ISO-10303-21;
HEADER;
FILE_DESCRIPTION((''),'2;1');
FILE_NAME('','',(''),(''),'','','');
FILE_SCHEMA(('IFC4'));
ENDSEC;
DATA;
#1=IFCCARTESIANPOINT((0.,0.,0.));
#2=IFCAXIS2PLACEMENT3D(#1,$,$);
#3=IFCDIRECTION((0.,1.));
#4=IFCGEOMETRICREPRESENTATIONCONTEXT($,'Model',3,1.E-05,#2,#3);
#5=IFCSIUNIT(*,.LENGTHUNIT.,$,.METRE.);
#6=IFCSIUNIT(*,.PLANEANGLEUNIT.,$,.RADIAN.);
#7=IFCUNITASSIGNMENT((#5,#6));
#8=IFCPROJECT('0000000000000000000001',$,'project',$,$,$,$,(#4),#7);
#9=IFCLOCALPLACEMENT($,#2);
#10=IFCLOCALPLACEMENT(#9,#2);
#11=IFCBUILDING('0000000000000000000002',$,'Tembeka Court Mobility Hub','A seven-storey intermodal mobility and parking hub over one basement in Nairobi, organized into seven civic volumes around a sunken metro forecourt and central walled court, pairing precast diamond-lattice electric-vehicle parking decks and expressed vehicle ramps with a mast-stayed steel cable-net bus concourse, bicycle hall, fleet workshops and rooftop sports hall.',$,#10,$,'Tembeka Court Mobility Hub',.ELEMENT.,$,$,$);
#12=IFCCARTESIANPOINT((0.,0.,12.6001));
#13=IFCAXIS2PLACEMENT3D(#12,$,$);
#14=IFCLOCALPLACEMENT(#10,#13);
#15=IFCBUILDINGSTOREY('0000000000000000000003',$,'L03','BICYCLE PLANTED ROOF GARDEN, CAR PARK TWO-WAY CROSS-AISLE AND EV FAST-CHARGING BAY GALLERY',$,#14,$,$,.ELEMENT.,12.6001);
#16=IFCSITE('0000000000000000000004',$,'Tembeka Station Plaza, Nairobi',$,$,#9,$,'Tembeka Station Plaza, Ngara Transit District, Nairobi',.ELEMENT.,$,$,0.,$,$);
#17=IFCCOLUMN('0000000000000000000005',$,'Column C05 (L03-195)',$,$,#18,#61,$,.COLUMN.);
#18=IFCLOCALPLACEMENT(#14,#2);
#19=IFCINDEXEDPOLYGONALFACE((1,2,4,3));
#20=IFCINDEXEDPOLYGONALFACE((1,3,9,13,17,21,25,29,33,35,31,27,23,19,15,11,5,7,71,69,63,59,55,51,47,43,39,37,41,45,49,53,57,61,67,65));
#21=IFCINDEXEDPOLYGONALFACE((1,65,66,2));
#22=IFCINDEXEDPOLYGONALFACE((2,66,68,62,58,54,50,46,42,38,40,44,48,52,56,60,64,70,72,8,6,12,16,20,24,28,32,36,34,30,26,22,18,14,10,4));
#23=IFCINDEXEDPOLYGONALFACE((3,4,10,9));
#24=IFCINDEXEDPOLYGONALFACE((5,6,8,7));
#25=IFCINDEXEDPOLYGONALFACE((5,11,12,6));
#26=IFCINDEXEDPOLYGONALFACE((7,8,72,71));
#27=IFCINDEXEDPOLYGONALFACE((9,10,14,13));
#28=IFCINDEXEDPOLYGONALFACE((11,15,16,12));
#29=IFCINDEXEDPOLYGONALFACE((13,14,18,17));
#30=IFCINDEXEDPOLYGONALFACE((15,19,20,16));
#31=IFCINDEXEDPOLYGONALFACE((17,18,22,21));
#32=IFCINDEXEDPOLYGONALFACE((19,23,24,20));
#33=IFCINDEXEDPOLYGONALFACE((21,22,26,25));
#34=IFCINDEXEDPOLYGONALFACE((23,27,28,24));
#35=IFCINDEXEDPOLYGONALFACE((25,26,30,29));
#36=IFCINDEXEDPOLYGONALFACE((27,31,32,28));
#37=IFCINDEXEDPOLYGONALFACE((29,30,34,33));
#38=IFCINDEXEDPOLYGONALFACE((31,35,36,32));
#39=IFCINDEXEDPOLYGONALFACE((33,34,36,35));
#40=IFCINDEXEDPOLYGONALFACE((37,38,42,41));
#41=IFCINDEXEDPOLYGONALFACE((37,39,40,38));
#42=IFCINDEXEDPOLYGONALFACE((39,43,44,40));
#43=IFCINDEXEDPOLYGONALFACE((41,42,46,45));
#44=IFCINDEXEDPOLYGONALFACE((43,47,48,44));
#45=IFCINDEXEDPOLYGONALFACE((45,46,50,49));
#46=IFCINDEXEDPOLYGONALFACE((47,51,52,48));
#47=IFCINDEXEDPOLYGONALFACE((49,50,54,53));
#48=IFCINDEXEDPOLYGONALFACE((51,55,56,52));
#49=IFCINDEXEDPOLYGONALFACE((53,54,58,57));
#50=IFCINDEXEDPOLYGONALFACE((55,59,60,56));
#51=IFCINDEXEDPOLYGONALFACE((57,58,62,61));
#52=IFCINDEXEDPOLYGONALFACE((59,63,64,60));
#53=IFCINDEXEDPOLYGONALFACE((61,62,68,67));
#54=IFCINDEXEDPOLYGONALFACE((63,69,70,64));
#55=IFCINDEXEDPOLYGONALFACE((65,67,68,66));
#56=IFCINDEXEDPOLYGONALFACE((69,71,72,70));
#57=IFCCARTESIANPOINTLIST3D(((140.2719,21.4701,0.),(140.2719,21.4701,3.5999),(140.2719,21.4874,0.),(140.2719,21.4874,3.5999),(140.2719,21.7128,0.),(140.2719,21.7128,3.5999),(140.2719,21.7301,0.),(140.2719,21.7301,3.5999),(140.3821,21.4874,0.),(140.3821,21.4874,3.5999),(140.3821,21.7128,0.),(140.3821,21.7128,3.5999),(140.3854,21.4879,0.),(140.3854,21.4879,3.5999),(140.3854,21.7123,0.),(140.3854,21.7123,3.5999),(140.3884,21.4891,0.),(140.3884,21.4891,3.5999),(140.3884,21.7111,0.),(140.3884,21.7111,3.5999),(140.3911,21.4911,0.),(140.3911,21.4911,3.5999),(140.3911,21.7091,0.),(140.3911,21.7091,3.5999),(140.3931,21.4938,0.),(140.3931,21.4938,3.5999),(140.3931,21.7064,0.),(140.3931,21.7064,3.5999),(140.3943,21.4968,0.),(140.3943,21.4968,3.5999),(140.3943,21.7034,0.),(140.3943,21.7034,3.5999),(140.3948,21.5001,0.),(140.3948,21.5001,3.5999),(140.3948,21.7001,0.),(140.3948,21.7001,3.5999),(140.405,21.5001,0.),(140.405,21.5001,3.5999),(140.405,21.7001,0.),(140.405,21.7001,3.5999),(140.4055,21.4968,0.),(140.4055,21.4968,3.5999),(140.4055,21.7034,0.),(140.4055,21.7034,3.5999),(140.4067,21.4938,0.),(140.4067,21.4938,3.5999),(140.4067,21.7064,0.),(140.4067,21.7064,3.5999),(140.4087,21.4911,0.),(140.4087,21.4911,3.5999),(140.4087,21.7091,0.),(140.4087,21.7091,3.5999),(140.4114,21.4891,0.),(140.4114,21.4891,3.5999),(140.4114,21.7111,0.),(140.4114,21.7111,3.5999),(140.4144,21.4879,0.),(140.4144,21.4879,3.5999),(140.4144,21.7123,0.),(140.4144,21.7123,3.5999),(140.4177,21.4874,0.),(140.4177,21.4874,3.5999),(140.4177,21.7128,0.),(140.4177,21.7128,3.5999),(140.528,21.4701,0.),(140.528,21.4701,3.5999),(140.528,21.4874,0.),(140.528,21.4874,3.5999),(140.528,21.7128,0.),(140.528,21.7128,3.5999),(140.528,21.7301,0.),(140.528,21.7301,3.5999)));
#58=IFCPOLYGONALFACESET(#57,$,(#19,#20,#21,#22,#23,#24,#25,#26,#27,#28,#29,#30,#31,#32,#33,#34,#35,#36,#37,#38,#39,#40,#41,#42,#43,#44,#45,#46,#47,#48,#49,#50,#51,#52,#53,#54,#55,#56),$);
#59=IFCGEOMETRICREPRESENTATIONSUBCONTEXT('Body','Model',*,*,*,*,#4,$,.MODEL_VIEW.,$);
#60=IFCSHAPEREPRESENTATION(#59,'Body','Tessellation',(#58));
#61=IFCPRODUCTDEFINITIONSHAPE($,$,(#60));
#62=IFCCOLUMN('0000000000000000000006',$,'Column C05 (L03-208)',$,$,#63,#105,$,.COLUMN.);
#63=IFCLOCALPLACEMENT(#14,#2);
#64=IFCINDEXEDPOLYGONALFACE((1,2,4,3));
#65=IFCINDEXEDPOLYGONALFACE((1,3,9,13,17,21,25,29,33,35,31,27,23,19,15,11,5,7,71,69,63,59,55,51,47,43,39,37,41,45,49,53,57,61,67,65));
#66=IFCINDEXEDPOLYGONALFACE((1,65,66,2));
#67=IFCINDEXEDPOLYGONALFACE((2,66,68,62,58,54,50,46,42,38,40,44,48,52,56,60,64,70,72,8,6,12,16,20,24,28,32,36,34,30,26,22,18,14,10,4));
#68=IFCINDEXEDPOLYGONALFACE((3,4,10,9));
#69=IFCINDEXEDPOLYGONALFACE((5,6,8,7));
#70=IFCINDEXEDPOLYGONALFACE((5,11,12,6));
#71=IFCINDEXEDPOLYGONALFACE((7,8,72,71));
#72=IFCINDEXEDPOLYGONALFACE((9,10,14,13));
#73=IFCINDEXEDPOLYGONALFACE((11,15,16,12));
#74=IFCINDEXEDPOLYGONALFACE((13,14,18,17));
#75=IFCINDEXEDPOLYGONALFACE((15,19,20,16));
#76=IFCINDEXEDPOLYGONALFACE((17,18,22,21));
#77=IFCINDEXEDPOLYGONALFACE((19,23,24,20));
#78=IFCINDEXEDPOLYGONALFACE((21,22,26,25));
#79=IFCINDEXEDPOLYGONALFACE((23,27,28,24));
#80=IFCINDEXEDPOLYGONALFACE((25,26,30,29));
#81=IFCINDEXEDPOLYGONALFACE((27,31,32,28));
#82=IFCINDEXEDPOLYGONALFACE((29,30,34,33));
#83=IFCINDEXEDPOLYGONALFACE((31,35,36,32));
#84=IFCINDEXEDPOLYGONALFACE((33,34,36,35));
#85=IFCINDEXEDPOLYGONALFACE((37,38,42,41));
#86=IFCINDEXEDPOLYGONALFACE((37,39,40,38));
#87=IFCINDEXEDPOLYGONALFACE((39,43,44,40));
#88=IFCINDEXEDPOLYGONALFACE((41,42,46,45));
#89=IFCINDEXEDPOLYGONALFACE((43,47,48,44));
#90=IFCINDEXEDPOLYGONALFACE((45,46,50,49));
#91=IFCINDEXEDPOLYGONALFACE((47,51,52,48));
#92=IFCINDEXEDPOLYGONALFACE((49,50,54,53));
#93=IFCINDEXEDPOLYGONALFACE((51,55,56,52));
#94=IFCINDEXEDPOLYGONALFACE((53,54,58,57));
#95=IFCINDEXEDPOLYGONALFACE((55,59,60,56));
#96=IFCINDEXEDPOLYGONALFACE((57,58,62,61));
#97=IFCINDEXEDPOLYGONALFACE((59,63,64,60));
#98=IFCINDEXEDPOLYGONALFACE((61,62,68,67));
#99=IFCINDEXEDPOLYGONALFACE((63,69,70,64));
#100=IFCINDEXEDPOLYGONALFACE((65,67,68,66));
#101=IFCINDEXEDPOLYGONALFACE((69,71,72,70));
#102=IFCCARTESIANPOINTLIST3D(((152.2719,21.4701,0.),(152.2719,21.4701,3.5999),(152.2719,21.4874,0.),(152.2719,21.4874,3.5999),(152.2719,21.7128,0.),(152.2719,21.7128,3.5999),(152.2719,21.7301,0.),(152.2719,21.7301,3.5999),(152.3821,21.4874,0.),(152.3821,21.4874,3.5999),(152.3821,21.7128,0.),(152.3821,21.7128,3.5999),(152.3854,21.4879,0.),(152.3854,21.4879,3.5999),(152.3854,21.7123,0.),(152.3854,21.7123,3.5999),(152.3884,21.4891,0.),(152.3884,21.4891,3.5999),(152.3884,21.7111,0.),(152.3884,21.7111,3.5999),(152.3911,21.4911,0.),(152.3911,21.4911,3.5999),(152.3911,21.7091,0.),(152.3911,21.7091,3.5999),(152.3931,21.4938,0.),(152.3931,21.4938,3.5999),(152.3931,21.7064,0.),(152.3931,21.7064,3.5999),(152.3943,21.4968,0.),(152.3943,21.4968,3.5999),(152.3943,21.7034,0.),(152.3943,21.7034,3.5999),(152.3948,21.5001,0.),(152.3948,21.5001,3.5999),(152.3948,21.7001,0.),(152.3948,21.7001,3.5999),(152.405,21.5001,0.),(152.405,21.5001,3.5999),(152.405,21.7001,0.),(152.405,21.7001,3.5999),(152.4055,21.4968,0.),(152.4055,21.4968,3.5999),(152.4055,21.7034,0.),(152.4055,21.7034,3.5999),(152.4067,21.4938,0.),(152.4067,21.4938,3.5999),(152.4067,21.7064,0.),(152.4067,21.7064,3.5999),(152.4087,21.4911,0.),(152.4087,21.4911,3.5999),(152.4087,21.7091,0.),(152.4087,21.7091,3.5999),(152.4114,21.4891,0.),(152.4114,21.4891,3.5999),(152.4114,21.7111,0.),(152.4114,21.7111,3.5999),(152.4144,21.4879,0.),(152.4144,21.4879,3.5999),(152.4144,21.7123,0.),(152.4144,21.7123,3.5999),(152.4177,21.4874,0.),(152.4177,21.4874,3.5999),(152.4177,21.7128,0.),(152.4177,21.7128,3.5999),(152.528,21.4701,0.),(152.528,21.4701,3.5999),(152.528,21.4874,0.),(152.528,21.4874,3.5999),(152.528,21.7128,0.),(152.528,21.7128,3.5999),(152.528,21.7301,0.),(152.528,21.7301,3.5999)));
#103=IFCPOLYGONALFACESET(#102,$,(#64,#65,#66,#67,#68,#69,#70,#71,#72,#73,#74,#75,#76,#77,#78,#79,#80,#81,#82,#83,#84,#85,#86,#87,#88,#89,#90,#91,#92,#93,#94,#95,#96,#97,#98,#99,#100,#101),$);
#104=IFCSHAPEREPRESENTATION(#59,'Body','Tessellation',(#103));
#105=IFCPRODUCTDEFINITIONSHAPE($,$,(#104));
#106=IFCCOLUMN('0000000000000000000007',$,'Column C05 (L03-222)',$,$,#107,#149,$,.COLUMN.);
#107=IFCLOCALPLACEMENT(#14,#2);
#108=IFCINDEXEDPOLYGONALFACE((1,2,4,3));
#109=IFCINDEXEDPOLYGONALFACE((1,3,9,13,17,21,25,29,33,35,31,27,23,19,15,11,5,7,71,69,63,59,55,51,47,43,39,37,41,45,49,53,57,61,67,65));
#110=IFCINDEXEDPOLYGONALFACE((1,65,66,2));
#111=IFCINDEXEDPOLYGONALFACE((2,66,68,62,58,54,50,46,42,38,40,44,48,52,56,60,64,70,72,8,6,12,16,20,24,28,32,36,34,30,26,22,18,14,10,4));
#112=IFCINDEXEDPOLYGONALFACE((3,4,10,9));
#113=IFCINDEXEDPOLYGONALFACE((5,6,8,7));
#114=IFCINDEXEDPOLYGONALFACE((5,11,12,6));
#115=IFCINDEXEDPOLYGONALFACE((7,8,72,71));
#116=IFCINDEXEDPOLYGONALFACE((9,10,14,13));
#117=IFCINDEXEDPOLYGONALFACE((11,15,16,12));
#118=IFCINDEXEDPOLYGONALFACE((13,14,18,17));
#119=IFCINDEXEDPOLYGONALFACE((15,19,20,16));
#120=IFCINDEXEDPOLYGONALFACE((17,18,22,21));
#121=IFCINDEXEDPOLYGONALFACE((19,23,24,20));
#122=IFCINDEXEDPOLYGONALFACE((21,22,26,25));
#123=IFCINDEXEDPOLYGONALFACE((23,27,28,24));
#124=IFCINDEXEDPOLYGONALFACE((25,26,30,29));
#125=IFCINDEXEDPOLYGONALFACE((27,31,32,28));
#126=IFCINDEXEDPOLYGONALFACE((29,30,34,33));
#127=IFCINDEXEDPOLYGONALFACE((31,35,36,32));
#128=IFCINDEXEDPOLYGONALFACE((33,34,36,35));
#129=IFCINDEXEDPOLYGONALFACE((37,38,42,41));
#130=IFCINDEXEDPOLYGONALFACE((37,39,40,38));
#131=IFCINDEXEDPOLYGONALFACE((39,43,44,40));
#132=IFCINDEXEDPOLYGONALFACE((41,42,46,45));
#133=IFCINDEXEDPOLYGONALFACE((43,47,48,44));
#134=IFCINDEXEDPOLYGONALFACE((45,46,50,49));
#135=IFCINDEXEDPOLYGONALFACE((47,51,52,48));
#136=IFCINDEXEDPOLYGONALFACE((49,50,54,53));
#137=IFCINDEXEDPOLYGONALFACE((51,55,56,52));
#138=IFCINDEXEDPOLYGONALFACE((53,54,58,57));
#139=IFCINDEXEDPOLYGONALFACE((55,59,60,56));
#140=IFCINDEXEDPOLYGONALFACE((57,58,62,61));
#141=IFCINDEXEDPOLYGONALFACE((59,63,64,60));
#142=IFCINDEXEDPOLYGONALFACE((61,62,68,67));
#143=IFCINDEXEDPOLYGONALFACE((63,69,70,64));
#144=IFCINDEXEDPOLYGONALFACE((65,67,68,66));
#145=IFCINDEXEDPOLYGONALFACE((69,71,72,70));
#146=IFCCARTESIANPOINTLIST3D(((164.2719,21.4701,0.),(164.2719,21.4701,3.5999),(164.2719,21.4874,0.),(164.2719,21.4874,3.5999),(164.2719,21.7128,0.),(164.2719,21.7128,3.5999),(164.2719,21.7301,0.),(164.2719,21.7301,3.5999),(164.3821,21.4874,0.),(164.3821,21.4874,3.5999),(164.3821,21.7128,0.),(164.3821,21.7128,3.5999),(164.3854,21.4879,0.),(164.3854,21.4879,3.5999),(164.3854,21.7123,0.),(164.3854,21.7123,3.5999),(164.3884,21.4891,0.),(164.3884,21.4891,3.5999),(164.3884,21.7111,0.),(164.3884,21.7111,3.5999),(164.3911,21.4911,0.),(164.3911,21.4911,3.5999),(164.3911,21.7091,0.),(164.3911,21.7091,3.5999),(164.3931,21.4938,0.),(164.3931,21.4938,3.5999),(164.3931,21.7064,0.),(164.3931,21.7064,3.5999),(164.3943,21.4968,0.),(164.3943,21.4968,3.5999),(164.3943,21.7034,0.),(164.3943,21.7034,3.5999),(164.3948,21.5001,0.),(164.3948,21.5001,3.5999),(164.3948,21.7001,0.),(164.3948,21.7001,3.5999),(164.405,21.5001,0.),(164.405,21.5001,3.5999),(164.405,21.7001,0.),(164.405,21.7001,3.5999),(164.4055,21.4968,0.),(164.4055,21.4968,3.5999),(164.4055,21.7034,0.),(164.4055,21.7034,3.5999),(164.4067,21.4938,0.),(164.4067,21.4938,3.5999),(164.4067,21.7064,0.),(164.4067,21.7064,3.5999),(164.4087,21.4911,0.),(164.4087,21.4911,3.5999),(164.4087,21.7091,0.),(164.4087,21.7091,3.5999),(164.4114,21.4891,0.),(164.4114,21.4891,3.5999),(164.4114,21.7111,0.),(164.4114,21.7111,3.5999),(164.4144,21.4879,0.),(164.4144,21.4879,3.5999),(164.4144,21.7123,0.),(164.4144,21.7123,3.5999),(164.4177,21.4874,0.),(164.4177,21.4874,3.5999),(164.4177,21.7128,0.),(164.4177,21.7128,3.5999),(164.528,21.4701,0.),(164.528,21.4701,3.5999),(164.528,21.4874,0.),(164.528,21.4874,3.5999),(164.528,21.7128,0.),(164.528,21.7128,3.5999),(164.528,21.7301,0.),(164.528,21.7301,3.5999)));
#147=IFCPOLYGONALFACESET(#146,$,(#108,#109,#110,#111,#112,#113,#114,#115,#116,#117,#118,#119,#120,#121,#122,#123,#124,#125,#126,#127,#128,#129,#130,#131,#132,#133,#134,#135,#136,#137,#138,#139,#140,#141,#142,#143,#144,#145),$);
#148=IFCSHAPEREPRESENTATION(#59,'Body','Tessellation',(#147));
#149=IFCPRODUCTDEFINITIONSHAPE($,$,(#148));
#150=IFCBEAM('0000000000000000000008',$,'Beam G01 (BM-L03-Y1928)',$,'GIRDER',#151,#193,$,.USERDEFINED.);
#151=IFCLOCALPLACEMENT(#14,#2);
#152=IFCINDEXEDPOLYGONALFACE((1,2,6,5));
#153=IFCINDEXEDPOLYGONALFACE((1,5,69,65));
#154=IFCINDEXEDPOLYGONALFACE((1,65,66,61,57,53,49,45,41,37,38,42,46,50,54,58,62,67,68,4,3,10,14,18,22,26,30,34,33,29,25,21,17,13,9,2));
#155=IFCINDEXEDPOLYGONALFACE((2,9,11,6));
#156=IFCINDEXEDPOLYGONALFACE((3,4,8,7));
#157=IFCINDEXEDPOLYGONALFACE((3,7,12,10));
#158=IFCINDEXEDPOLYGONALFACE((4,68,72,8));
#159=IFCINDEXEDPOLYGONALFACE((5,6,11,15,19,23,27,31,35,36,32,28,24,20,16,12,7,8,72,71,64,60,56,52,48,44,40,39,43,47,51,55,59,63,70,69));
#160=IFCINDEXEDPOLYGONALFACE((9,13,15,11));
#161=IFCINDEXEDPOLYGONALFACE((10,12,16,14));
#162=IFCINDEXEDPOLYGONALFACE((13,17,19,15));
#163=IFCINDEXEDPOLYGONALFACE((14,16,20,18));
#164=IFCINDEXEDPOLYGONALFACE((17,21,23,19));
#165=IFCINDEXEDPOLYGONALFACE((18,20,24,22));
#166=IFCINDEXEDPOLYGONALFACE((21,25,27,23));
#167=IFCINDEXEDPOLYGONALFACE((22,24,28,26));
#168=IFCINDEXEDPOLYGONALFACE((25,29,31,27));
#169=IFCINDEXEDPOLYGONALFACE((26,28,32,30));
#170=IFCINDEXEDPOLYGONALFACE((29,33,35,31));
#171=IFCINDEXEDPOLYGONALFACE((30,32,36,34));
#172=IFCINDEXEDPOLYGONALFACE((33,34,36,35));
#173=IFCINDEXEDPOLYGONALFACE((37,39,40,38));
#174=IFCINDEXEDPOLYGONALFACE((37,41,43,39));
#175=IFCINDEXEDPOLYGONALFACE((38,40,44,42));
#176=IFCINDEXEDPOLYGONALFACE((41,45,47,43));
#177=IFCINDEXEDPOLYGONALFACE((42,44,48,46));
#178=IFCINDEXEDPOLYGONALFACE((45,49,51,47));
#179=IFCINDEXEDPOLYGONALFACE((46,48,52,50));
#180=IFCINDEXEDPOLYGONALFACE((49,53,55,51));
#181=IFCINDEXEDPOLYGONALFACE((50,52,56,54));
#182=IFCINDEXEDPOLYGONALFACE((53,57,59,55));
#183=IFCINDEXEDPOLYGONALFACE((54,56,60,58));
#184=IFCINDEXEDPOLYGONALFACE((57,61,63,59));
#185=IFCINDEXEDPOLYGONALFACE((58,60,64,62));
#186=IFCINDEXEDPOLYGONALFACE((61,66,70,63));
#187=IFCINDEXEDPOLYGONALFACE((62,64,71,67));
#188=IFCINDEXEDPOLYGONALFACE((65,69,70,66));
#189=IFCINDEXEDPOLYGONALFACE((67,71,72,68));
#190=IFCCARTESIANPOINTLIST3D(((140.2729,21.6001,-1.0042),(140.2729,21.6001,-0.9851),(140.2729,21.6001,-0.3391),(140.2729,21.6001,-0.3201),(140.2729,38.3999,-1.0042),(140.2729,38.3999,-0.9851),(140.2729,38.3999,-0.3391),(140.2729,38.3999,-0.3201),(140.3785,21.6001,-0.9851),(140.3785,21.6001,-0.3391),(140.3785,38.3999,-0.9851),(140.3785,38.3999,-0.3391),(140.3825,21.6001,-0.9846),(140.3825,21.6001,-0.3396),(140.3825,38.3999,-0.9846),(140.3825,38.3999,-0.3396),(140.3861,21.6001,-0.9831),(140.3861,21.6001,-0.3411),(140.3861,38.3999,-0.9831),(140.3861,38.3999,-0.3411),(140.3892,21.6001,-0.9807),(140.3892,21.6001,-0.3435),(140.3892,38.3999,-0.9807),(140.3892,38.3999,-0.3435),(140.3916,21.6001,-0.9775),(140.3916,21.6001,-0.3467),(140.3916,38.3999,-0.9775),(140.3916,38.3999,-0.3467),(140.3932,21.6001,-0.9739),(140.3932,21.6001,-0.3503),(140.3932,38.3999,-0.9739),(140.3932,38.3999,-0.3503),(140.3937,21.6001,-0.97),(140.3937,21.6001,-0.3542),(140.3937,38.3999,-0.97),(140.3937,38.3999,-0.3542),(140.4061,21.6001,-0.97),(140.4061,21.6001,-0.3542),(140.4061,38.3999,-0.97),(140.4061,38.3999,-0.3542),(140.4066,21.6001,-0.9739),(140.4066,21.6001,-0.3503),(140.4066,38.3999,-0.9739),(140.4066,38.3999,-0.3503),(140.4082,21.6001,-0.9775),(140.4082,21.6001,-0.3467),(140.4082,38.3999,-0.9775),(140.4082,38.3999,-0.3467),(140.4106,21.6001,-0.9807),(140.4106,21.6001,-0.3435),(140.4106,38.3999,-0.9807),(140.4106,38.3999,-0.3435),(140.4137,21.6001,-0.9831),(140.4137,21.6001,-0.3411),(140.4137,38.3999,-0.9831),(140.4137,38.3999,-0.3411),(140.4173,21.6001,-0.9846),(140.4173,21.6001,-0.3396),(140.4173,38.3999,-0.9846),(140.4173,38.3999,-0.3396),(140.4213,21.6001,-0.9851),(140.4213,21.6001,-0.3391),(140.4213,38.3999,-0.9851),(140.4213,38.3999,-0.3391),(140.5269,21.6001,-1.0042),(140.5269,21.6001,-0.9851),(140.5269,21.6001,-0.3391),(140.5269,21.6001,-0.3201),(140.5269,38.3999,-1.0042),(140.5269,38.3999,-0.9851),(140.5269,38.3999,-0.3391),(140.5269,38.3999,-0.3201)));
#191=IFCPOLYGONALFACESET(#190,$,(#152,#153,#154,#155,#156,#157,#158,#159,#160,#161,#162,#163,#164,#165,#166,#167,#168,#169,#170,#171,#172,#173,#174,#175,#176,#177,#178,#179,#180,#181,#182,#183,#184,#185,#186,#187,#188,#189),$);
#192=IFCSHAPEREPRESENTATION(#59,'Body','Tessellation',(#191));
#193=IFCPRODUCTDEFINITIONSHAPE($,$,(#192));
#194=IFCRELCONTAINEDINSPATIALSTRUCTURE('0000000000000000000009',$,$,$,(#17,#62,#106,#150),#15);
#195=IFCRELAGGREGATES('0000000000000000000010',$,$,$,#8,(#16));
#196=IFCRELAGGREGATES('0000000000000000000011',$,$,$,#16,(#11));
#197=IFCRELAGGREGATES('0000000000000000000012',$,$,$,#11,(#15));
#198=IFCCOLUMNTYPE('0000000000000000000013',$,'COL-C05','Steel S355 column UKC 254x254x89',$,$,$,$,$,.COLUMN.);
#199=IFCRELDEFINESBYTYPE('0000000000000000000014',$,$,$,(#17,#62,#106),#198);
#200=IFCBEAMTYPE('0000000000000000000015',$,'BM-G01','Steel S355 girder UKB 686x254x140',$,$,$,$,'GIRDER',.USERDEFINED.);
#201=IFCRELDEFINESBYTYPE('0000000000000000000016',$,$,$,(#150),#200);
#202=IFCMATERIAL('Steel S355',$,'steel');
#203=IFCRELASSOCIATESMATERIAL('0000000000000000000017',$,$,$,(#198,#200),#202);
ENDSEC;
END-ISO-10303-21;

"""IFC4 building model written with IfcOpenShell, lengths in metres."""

from ifc_helpers import new_model, si_unit, direction, frame, origin, origin_2d, place, context, subcontext, project, spatial, i_section, extrude, material, material_profile, profile_set, type_object, element, save


model = new_model("IFC4")

# Units and contexts
model_context = context("Model", 3, precision=1e-05, world=origin(), true_north=direction((0.0, 1.0)))
body_context = subcontext(model_context, "Body", "Model", "MODEL_VIEW")
ifc_project = project(units=[si_unit("LENGTHUNIT", "METRE"), si_unit("PLANEANGLEUNIT", "RADIAN")], contexts=[model_context])

# Site, building, storey
site_placement = place(None, origin())
site = spatial("IfcSite", under=ifc_project, at=site_placement, Name="Tembeka Station Plaza, Nairobi", LongName="Tembeka Station Plaza, Ngara Transit District, Nairobi", CompositionType="ELEMENT", RefElevation=0.0)
building_placement = place(site_placement, origin())
building = spatial("IfcBuilding", under=site, at=building_placement, Name="Tembeka Court Mobility Hub", Description="A seven-storey intermodal mobility and parking hub over one basement in Nairobi, organized into seven civic volumes around a sunken metro forecourt and central walled court, pairing precast diamond-lattice electric-vehicle parking decks and expressed vehicle ramps with a mast-stayed steel cable-net bus concourse, bicycle hall, fleet workshops and rooftop sports hall.", LongName="Tembeka Court Mobility Hub", CompositionType="ELEMENT")
storey_placement = place(building_placement, frame((0.0, 0.0, 12.6001)))
storey = spatial("IfcBuildingStorey", under=building, at=storey_placement, Name="L03", Description="BICYCLE PLANTED ROOF GARDEN, CAR PARK TWO-WAY CROSS-AISLE AND EV FAST-CHARGING BAY GALLERY", CompositionType="ELEMENT", Elevation=12.6001)

# Columns
ifc_material_1 = material(Name="Steel S355", Category="steel")
ifc_material_profile_1 = material_profile(ifc_material_1, i_section(OverallWidth=0.2561, OverallDepth=0.26, WebThickness=0.0103, FlangeThickness=0.0173, FilletRadius=0.0127, at=origin_2d()), Name="UKC 254x254x89")
ifc_profile_set_1 = profile_set([ifc_material_profile_1], Name="Steel S355")
column_type = type_object("IfcColumnType", Name="COL-C05", Description="Steel S355 column UKC 254x254x89", PredefinedType="COLUMN", material=ifc_profile_set_1)
for number, where, z_axis, x_axis, name in (
    (1, (140.3999, 21.6001, 0.0), (0.0, 0.0, 1.0), (1.0, 0.0, 0.0), "Column C05 (L03-195)"),
    (2, (152.3999, 21.6001, 0.0), (0.0, 0.0, 1.0), (1.0, 0.0, 0.0), "Column C05 (L03-208)"),
    (3, (164.3999, 21.6001, 0.0), (0.0, 0.0, 1.0), (1.0, 0.0, 0.0), "Column C05 (L03-222)"),
):
    element("IfcColumn", number, at=place(storey_placement, frame(where, z_axis=z_axis, x_axis=x_axis)), inside=storey, type_object=column_type, Name=name, PredefinedType="COLUMN", context=body_context, shape_type="SweptSolid", body=[
        extrude(i_section(OverallWidth=0.2561, OverallDepth=0.26, WebThickness=0.0103, FlangeThickness=0.0173, FilletRadius=0.0127, at=origin_2d()), origin(), (0.0, 0.0, 1.0), 3.5999),
    ])

# Beam
ifc_material_profile_2 = material_profile(ifc_material_1, i_section(OverallWidth=0.2539, OverallDepth=0.6841, WebThickness=0.0125, FlangeThickness=0.019, FilletRadius=0.0151, at=origin_2d()), Name="UKB 686x254x140")
ifc_profile_set_2 = profile_set([ifc_material_profile_2], Name="Steel S355")
beam_type_1 = type_object("IfcBeamType", Name="BM-G01", Description="Steel S355 girder UKB 686x254x140", ElementType="GIRDER", PredefinedType="USERDEFINED", material=ifc_profile_set_2)
for number, where, z_axis, x_axis, name in (
    (4, (140.3999, 21.6001, -0.6621), (0.0, 1.0, 0.0), (-1.0, 0.0, 0.0), "Beam G01 (BM-L03-Y1928)"),
):
    element("IfcBeam", number, at=place(storey_placement, frame(where, z_axis=z_axis, x_axis=x_axis)), inside=storey, type_object=beam_type_1, Name=name, ObjectType="GIRDER", PredefinedType="USERDEFINED", context=body_context, shape_type="SweptSolid", body=[
        extrude(i_section(OverallWidth=0.2539, OverallDepth=0.6841, WebThickness=0.0125, FlangeThickness=0.019, FilletRadius=0.0151, at=origin_2d()), origin(), (0.0, 0.0, 1.0), 16.7998),
    ])

save(model, "model.ifc")
